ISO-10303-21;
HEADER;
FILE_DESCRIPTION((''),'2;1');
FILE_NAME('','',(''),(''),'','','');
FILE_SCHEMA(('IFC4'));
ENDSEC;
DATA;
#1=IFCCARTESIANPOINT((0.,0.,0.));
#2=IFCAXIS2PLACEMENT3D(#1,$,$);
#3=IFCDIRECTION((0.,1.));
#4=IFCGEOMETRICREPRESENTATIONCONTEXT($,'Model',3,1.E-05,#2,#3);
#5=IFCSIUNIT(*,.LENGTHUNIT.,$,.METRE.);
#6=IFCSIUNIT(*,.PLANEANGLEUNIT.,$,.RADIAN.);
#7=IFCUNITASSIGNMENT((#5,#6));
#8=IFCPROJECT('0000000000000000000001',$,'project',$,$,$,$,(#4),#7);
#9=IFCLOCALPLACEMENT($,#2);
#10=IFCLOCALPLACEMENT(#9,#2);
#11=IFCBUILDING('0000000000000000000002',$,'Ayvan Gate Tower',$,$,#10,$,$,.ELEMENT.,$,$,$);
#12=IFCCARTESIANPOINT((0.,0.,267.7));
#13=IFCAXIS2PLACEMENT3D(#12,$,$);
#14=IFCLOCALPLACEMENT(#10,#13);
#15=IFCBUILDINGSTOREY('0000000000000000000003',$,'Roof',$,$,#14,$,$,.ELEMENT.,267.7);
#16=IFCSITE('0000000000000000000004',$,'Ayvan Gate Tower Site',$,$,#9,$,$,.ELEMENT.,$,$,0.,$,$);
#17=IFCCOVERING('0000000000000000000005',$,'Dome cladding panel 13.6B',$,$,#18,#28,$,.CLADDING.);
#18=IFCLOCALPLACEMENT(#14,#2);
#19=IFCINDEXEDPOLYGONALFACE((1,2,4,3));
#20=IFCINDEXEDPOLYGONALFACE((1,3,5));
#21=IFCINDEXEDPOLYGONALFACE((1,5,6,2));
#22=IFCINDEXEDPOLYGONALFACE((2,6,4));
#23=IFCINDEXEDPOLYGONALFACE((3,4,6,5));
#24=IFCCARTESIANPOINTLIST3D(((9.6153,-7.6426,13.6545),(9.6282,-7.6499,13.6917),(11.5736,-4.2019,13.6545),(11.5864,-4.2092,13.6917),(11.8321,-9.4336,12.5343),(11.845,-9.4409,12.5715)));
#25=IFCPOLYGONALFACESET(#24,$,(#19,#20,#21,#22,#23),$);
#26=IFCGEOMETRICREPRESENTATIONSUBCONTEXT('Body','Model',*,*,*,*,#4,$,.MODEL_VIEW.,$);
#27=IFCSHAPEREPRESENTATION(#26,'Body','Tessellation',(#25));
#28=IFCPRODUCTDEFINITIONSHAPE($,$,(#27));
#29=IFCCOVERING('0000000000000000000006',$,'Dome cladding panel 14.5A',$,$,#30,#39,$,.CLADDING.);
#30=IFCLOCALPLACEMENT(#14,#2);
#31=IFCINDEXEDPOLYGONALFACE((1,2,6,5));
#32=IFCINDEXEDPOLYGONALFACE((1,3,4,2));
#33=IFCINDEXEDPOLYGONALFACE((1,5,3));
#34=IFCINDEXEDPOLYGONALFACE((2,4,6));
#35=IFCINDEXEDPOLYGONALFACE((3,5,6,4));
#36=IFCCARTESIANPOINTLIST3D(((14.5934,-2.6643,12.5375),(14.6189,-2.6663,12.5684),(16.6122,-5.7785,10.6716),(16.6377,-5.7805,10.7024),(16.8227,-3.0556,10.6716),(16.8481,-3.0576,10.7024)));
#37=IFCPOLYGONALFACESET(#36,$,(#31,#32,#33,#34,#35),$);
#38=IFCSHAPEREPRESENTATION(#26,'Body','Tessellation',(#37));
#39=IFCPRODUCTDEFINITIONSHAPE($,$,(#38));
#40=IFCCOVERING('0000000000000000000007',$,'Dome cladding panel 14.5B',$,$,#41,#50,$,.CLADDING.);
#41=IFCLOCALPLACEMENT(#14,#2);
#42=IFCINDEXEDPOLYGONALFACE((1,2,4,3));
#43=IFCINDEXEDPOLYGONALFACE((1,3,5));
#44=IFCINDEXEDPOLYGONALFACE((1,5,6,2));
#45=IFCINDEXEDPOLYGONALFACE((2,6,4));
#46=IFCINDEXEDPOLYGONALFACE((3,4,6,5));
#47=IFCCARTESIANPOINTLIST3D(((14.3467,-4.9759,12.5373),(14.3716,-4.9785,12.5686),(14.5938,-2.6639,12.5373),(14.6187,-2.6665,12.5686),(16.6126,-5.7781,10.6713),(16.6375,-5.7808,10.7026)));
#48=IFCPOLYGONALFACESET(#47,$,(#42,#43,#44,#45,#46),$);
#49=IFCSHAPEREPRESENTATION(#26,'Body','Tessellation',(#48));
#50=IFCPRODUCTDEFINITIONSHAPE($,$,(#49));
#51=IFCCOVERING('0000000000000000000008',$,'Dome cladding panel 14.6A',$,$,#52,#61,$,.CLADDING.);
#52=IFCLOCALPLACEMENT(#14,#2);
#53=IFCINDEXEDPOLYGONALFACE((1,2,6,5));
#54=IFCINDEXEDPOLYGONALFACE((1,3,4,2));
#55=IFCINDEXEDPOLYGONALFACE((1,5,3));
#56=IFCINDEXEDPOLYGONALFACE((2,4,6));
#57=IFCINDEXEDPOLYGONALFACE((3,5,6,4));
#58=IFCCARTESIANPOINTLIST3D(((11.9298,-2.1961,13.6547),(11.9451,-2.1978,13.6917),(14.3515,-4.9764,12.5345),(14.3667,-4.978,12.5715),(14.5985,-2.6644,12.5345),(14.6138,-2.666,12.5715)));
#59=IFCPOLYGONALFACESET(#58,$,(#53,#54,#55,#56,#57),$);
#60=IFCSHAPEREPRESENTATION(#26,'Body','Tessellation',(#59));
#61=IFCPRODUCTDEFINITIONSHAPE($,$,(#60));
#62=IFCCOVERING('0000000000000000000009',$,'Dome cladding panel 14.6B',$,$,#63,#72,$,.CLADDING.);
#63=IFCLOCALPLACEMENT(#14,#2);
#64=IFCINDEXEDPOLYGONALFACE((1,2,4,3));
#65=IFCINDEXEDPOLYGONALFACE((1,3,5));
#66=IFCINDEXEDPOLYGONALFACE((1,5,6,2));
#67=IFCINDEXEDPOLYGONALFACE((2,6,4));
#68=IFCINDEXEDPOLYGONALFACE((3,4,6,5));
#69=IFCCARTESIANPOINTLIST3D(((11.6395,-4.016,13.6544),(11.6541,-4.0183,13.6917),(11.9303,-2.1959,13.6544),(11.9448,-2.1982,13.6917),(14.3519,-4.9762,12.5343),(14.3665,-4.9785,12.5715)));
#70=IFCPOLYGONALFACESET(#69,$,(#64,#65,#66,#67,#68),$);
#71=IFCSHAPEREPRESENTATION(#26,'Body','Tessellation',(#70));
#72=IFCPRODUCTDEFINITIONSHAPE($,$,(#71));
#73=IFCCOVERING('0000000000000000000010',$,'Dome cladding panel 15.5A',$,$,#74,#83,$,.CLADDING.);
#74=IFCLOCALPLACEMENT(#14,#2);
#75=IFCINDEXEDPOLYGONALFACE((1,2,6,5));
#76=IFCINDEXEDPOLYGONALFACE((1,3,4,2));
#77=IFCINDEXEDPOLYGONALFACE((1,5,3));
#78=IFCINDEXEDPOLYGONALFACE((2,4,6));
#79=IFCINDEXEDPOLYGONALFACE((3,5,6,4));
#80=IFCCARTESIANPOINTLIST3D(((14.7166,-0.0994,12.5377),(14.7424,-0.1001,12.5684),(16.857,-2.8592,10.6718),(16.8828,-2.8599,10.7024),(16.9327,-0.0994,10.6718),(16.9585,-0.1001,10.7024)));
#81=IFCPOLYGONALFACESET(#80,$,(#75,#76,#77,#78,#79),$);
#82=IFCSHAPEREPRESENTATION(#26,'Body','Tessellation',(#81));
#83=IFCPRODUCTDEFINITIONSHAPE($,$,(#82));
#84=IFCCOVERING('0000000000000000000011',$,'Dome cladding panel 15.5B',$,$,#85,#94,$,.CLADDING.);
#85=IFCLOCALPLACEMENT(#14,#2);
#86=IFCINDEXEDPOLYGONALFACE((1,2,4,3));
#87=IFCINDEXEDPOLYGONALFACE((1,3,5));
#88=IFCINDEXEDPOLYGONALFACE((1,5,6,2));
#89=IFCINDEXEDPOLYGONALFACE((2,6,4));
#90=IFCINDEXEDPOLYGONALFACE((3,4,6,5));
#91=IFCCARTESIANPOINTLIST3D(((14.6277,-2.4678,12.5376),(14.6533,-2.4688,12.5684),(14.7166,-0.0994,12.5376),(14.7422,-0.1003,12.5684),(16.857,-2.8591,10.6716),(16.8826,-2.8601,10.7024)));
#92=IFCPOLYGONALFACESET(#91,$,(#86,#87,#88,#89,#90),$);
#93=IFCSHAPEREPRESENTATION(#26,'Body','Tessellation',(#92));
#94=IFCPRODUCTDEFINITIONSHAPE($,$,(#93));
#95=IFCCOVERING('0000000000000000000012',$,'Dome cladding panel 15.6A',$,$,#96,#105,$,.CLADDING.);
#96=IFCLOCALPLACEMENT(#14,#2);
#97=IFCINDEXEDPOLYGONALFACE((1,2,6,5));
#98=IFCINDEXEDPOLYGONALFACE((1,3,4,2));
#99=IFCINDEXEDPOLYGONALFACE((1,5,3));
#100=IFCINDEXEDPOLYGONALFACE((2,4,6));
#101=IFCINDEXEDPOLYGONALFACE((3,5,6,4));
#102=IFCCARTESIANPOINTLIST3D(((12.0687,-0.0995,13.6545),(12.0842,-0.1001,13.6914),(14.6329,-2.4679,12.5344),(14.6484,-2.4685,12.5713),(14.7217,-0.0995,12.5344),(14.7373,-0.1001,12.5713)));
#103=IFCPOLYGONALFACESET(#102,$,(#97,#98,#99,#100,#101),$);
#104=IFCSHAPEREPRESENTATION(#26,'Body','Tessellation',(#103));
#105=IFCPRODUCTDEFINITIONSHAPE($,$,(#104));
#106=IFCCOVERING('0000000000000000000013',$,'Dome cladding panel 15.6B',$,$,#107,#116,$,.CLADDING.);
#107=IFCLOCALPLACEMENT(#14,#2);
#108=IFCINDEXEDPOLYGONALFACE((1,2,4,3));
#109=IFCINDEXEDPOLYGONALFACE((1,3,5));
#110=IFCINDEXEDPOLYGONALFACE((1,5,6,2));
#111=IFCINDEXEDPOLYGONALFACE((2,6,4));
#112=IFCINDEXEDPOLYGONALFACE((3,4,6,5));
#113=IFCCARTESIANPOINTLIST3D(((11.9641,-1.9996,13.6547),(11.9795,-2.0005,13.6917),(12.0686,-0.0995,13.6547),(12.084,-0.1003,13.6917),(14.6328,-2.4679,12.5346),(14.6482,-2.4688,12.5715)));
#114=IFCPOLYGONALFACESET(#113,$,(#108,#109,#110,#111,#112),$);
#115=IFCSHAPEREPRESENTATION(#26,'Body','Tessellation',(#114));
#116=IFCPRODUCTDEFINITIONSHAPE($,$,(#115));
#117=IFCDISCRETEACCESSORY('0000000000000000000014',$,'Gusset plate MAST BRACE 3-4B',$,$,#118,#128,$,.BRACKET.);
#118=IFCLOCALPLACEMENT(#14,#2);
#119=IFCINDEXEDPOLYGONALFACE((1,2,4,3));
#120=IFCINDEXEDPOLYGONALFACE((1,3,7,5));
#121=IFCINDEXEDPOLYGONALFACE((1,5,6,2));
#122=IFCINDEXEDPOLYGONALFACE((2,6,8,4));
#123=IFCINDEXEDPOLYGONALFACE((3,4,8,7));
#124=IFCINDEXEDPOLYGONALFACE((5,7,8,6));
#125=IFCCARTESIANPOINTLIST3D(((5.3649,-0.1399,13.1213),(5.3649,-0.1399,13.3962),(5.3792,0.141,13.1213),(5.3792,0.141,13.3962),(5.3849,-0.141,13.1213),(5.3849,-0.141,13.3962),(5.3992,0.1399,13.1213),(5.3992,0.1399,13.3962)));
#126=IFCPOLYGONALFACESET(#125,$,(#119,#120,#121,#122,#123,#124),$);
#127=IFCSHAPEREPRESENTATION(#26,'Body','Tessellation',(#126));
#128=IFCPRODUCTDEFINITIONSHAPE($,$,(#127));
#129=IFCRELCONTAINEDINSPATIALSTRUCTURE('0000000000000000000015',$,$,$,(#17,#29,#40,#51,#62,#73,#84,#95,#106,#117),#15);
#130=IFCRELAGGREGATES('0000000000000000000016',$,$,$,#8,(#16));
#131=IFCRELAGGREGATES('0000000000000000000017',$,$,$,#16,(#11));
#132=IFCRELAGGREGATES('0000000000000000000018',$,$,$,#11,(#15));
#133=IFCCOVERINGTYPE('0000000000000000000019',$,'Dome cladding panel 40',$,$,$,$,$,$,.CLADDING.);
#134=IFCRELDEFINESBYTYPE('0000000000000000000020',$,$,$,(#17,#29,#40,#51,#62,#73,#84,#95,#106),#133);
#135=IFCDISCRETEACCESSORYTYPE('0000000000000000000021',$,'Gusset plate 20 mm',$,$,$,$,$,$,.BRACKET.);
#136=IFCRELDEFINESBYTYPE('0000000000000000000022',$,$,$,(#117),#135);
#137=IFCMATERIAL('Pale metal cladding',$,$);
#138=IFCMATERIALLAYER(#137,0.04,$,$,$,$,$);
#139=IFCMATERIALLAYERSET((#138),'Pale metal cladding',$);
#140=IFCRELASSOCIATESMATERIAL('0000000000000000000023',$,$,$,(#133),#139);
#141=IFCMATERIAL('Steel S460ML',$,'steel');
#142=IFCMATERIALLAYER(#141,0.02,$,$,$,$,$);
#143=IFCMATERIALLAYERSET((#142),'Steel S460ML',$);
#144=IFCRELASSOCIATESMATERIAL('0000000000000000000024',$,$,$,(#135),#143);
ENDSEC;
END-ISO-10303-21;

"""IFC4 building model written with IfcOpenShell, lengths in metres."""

from ifc_helpers import new_model, si_unit, direction, frame, origin, origin_2d, place, context, subcontext, project, spatial, polyline, rectangle, outline, extrude, material, layer, layer_set, type_object, element, save


model = new_model("IFC4")

# Units and contexts
model_context = context("Model", 3, precision=1e-05, world=origin(), true_north=direction((0.0, 1.0)))
body_context = subcontext(model_context, "Body", "Model", "MODEL_VIEW")
ifc_project = project(units=[si_unit("LENGTHUNIT", "METRE"), si_unit("PLANEANGLEUNIT", "RADIAN")], contexts=[model_context])

# Site, building, storey
site_placement = place(None, origin())
site = spatial("IfcSite", under=ifc_project, at=site_placement, Name="Ayvan Gate Tower Site", CompositionType="ELEMENT", RefElevation=0.0)
building_placement = place(site_placement, origin())
building = spatial("IfcBuilding", under=site, at=building_placement, Name="Ayvan Gate Tower", CompositionType="ELEMENT")
storey_placement = place(building_placement, frame((0.0, 0.0, 267.7)))
storey = spatial("IfcBuildingStorey", under=building, at=storey_placement, Name="Roof", CompositionType="ELEMENT", Elevation=267.7)

# Coverings
ifc_material_1 = material(Name="Pale metal cladding")
ifc_layer_1 = layer(ifc_material_1, 0.04)
ifc_layer_set_1 = layer_set([ifc_layer_1], Name="Pale metal cladding")
covering_type = type_object("IfcCoveringType", Name="Dome cladding panel 40", PredefinedType="CLADDING", material=ifc_layer_set_1)
covering_1_placement = place(storey_placement, frame((11.845, -9.4409, 12.5715), z_axis=(0.321563, -0.183017, 0.929033), x_axis=(-0.048268, 0.976699, 0.209114)))
element("IfcCovering", 1, at=covering_1_placement, inside=storey, type_object=covering_type, Name="Dome cladding panel 13.6B", PredefinedType="CLADDING", context=body_context, shape_type="SweptSolid", body=[
    extrude(outline(polyline([(0.0, 0.0), (5.3565, 0.0), (2.0905, 2.2375), (0.0, 0.0)])), origin(), (0.0, 0.0, -1.0), 0.04),
])
covering_2_placement = place(storey_placement, frame((16.6377, -5.7805, 10.7024), z_axis=(0.635995, -0.049155, 0.770126), x_axis=(0.077059, 0.997027, 0.0)))
element("IfcCovering", 2, at=covering_2_placement, inside=storey, type_object=covering_type, Name="Dome cladding panel 14.5A", PredefinedType="CLADDING", context=body_context, shape_type="SweptSolid", body=[
    extrude(outline(polyline([(0.0, 0.0), (2.731, 0.0), (2.9494, 2.9252), (0.0, 0.0)])), origin(), (0.0, 0.0, -1.0), 0.04),
])
covering_3_placement = place(storey_placement, frame((16.6375, -5.7808, 10.7026), z_axis=(0.620213, -0.066278, 0.781629), x_axis=(-0.485985, 0.749695, 0.449194)))
element("IfcCovering", 3, at=covering_3_placement, inside=storey, type_object=covering_type, Name="Dome cladding panel 14.5B", PredefinedType="CLADDING", context=body_context, shape_type="SweptSolid", body=[
    extrude(outline(polyline([(0.0, 0.0), (4.154, 0.0), (2.5408, 1.6745), (0.0, 0.0)])), origin(), (0.0, 0.0, -1.0), 0.04),
])
covering_4_placement = place(storey_placement, frame((14.3667, -4.978, 12.5715), z_axis=(0.380619, -0.040674, 0.923837), x_axis=(0.106259, 0.994339, 0.0)))
element("IfcCovering", 4, at=covering_4_placement, inside=storey, type_object=covering_type, Name="Dome cladding panel 14.6A", PredefinedType="CLADDING", context=body_context, shape_type="SweptSolid", body=[
    extrude(outline(polyline([(0.0, 0.0), (2.3252, 0.0), (2.5072, 2.9262), (0.0, 0.0)])), origin(), (0.0, 0.0, -1.0), 0.04),
])
covering_5_placement = place(storey_placement, frame((14.3665, -4.9785, 12.5715), z_axis=(0.363423, -0.05806, 0.929813), x_axis=(-0.628436, 0.721507, 0.290681)))
element("IfcCovering", 5, at=covering_5_placement, inside=storey, type_object=covering_type, Name="Dome cladding panel 14.6B", PredefinedType="CLADDING", context=body_context, shape_type="SweptSolid", body=[
    extrude(outline(polyline([(0.0, 0.0), (3.8534, 0.0), (2.723, 1.4558), (0.0, 0.0)])), origin(), (0.0, 0.0, -1.0), 0.04),
])
covering_6_placement = place(storey_placement, frame((16.8828, -2.8599, 10.7024), z_axis=(0.643996, -0.017661, 0.764825), x_axis=(0.027414, 0.999624, 0.0)))
element("IfcCovering", 6, at=covering_6_placement, inside=storey, type_object=covering_type, Name="Dome cladding panel 15.5A", PredefinedType="CLADDING", context=body_context, shape_type="SweptSolid", body=[
    extrude(outline(polyline([(0.0, 0.0), (2.7608, 0.0), (2.7001, 2.8964), (0.0, 0.0)])), origin(), (0.0, 0.0, -1.0), 0.04),
])
covering_7_placement = place(storey_placement, frame((16.8826, -2.8601, 10.7024), z_axis=(0.639196, -0.023984, 0.76867), x_axis=(-0.540539, 0.69696, 0.471237)))
element("IfcCovering", 7, at=covering_7_placement, inside=storey, type_object=covering_type, Name="Dome cladding panel 15.5B", PredefinedType="CLADDING", context=body_context, shape_type="SweptSolid", body=[
    extrude(outline(polyline([(0.0, 0.0), (3.9597, 0.0), (2.3571, 1.7461), (0.0, 0.0)])), origin(), (0.0, 0.0, -1.0), 0.04),
])
covering_8_placement = place(storey_placement, frame((14.6484, -2.4685, 12.5713), z_axis=(0.38891, -0.014593, 0.92116), x_axis=(0.037496, 0.999297, 0.0)))
element("IfcCovering", 8, at=covering_8_placement, inside=storey, type_object=covering_type, Name="Dome cladding panel 15.6A", PredefinedType="CLADDING", context=body_context, shape_type="SweptSolid", body=[
    extrude(outline(polyline([(0.0, 0.0), (2.3701, 0.0), (2.2706, 2.8781), (0.0, 0.0)])), origin(), (0.0, 0.0, -1.0), 0.04),
])
covering_9_placement = place(storey_placement, frame((14.6482, -2.4688, 12.5715), z_axis=(0.383779, -0.021105, 0.923184), x_axis=(-0.699466, 0.646056, 0.305546)))
element("IfcCovering", 9, at=covering_9_placement, inside=storey, type_object=covering_type, Name="Dome cladding panel 15.6B", PredefinedType="CLADDING", context=body_context, shape_type="SweptSolid", body=[
    extrude(outline(polyline([(0.0, 0.0), (3.6659, 0.0), (2.5114, 1.5128), (0.0, 0.0)])), origin(), (0.0, 0.0, -1.0), 0.04),
])

# Discrete accessory
ifc_material_2 = material(Name="Steel S460ML", Category="steel")
ifc_layer_2 = layer(ifc_material_2, 0.02)
ifc_layer_set_2 = layer_set([ifc_layer_2], Name="Steel S460ML")
discrete_accessory_type = type_object("IfcDiscreteAccessoryType", Name="Gusset plate 20 mm", PredefinedType="BRACKET", material=ifc_layer_set_2)
discrete_accessory_placement = place(storey_placement, frame((5.3821, 0.0, 13.1213), z_axis=(0.0, 0.0, 1.0), x_axis=(0.050914, 0.998703, 0.0)))
element("IfcDiscreteAccessory", 10, at=discrete_accessory_placement, inside=storey, type_object=discrete_accessory_type, Name="Gusset plate MAST BRACE 3-4B", PredefinedType="BRACKET", context=body_context, shape_type="SweptSolid", body=[
    extrude(rectangle(XDim=0.2812, YDim=0.02, at=origin_2d()), origin(), (0.0, 0.0, 1.0), 0.2749),
])

save(model, "model.ifc")
